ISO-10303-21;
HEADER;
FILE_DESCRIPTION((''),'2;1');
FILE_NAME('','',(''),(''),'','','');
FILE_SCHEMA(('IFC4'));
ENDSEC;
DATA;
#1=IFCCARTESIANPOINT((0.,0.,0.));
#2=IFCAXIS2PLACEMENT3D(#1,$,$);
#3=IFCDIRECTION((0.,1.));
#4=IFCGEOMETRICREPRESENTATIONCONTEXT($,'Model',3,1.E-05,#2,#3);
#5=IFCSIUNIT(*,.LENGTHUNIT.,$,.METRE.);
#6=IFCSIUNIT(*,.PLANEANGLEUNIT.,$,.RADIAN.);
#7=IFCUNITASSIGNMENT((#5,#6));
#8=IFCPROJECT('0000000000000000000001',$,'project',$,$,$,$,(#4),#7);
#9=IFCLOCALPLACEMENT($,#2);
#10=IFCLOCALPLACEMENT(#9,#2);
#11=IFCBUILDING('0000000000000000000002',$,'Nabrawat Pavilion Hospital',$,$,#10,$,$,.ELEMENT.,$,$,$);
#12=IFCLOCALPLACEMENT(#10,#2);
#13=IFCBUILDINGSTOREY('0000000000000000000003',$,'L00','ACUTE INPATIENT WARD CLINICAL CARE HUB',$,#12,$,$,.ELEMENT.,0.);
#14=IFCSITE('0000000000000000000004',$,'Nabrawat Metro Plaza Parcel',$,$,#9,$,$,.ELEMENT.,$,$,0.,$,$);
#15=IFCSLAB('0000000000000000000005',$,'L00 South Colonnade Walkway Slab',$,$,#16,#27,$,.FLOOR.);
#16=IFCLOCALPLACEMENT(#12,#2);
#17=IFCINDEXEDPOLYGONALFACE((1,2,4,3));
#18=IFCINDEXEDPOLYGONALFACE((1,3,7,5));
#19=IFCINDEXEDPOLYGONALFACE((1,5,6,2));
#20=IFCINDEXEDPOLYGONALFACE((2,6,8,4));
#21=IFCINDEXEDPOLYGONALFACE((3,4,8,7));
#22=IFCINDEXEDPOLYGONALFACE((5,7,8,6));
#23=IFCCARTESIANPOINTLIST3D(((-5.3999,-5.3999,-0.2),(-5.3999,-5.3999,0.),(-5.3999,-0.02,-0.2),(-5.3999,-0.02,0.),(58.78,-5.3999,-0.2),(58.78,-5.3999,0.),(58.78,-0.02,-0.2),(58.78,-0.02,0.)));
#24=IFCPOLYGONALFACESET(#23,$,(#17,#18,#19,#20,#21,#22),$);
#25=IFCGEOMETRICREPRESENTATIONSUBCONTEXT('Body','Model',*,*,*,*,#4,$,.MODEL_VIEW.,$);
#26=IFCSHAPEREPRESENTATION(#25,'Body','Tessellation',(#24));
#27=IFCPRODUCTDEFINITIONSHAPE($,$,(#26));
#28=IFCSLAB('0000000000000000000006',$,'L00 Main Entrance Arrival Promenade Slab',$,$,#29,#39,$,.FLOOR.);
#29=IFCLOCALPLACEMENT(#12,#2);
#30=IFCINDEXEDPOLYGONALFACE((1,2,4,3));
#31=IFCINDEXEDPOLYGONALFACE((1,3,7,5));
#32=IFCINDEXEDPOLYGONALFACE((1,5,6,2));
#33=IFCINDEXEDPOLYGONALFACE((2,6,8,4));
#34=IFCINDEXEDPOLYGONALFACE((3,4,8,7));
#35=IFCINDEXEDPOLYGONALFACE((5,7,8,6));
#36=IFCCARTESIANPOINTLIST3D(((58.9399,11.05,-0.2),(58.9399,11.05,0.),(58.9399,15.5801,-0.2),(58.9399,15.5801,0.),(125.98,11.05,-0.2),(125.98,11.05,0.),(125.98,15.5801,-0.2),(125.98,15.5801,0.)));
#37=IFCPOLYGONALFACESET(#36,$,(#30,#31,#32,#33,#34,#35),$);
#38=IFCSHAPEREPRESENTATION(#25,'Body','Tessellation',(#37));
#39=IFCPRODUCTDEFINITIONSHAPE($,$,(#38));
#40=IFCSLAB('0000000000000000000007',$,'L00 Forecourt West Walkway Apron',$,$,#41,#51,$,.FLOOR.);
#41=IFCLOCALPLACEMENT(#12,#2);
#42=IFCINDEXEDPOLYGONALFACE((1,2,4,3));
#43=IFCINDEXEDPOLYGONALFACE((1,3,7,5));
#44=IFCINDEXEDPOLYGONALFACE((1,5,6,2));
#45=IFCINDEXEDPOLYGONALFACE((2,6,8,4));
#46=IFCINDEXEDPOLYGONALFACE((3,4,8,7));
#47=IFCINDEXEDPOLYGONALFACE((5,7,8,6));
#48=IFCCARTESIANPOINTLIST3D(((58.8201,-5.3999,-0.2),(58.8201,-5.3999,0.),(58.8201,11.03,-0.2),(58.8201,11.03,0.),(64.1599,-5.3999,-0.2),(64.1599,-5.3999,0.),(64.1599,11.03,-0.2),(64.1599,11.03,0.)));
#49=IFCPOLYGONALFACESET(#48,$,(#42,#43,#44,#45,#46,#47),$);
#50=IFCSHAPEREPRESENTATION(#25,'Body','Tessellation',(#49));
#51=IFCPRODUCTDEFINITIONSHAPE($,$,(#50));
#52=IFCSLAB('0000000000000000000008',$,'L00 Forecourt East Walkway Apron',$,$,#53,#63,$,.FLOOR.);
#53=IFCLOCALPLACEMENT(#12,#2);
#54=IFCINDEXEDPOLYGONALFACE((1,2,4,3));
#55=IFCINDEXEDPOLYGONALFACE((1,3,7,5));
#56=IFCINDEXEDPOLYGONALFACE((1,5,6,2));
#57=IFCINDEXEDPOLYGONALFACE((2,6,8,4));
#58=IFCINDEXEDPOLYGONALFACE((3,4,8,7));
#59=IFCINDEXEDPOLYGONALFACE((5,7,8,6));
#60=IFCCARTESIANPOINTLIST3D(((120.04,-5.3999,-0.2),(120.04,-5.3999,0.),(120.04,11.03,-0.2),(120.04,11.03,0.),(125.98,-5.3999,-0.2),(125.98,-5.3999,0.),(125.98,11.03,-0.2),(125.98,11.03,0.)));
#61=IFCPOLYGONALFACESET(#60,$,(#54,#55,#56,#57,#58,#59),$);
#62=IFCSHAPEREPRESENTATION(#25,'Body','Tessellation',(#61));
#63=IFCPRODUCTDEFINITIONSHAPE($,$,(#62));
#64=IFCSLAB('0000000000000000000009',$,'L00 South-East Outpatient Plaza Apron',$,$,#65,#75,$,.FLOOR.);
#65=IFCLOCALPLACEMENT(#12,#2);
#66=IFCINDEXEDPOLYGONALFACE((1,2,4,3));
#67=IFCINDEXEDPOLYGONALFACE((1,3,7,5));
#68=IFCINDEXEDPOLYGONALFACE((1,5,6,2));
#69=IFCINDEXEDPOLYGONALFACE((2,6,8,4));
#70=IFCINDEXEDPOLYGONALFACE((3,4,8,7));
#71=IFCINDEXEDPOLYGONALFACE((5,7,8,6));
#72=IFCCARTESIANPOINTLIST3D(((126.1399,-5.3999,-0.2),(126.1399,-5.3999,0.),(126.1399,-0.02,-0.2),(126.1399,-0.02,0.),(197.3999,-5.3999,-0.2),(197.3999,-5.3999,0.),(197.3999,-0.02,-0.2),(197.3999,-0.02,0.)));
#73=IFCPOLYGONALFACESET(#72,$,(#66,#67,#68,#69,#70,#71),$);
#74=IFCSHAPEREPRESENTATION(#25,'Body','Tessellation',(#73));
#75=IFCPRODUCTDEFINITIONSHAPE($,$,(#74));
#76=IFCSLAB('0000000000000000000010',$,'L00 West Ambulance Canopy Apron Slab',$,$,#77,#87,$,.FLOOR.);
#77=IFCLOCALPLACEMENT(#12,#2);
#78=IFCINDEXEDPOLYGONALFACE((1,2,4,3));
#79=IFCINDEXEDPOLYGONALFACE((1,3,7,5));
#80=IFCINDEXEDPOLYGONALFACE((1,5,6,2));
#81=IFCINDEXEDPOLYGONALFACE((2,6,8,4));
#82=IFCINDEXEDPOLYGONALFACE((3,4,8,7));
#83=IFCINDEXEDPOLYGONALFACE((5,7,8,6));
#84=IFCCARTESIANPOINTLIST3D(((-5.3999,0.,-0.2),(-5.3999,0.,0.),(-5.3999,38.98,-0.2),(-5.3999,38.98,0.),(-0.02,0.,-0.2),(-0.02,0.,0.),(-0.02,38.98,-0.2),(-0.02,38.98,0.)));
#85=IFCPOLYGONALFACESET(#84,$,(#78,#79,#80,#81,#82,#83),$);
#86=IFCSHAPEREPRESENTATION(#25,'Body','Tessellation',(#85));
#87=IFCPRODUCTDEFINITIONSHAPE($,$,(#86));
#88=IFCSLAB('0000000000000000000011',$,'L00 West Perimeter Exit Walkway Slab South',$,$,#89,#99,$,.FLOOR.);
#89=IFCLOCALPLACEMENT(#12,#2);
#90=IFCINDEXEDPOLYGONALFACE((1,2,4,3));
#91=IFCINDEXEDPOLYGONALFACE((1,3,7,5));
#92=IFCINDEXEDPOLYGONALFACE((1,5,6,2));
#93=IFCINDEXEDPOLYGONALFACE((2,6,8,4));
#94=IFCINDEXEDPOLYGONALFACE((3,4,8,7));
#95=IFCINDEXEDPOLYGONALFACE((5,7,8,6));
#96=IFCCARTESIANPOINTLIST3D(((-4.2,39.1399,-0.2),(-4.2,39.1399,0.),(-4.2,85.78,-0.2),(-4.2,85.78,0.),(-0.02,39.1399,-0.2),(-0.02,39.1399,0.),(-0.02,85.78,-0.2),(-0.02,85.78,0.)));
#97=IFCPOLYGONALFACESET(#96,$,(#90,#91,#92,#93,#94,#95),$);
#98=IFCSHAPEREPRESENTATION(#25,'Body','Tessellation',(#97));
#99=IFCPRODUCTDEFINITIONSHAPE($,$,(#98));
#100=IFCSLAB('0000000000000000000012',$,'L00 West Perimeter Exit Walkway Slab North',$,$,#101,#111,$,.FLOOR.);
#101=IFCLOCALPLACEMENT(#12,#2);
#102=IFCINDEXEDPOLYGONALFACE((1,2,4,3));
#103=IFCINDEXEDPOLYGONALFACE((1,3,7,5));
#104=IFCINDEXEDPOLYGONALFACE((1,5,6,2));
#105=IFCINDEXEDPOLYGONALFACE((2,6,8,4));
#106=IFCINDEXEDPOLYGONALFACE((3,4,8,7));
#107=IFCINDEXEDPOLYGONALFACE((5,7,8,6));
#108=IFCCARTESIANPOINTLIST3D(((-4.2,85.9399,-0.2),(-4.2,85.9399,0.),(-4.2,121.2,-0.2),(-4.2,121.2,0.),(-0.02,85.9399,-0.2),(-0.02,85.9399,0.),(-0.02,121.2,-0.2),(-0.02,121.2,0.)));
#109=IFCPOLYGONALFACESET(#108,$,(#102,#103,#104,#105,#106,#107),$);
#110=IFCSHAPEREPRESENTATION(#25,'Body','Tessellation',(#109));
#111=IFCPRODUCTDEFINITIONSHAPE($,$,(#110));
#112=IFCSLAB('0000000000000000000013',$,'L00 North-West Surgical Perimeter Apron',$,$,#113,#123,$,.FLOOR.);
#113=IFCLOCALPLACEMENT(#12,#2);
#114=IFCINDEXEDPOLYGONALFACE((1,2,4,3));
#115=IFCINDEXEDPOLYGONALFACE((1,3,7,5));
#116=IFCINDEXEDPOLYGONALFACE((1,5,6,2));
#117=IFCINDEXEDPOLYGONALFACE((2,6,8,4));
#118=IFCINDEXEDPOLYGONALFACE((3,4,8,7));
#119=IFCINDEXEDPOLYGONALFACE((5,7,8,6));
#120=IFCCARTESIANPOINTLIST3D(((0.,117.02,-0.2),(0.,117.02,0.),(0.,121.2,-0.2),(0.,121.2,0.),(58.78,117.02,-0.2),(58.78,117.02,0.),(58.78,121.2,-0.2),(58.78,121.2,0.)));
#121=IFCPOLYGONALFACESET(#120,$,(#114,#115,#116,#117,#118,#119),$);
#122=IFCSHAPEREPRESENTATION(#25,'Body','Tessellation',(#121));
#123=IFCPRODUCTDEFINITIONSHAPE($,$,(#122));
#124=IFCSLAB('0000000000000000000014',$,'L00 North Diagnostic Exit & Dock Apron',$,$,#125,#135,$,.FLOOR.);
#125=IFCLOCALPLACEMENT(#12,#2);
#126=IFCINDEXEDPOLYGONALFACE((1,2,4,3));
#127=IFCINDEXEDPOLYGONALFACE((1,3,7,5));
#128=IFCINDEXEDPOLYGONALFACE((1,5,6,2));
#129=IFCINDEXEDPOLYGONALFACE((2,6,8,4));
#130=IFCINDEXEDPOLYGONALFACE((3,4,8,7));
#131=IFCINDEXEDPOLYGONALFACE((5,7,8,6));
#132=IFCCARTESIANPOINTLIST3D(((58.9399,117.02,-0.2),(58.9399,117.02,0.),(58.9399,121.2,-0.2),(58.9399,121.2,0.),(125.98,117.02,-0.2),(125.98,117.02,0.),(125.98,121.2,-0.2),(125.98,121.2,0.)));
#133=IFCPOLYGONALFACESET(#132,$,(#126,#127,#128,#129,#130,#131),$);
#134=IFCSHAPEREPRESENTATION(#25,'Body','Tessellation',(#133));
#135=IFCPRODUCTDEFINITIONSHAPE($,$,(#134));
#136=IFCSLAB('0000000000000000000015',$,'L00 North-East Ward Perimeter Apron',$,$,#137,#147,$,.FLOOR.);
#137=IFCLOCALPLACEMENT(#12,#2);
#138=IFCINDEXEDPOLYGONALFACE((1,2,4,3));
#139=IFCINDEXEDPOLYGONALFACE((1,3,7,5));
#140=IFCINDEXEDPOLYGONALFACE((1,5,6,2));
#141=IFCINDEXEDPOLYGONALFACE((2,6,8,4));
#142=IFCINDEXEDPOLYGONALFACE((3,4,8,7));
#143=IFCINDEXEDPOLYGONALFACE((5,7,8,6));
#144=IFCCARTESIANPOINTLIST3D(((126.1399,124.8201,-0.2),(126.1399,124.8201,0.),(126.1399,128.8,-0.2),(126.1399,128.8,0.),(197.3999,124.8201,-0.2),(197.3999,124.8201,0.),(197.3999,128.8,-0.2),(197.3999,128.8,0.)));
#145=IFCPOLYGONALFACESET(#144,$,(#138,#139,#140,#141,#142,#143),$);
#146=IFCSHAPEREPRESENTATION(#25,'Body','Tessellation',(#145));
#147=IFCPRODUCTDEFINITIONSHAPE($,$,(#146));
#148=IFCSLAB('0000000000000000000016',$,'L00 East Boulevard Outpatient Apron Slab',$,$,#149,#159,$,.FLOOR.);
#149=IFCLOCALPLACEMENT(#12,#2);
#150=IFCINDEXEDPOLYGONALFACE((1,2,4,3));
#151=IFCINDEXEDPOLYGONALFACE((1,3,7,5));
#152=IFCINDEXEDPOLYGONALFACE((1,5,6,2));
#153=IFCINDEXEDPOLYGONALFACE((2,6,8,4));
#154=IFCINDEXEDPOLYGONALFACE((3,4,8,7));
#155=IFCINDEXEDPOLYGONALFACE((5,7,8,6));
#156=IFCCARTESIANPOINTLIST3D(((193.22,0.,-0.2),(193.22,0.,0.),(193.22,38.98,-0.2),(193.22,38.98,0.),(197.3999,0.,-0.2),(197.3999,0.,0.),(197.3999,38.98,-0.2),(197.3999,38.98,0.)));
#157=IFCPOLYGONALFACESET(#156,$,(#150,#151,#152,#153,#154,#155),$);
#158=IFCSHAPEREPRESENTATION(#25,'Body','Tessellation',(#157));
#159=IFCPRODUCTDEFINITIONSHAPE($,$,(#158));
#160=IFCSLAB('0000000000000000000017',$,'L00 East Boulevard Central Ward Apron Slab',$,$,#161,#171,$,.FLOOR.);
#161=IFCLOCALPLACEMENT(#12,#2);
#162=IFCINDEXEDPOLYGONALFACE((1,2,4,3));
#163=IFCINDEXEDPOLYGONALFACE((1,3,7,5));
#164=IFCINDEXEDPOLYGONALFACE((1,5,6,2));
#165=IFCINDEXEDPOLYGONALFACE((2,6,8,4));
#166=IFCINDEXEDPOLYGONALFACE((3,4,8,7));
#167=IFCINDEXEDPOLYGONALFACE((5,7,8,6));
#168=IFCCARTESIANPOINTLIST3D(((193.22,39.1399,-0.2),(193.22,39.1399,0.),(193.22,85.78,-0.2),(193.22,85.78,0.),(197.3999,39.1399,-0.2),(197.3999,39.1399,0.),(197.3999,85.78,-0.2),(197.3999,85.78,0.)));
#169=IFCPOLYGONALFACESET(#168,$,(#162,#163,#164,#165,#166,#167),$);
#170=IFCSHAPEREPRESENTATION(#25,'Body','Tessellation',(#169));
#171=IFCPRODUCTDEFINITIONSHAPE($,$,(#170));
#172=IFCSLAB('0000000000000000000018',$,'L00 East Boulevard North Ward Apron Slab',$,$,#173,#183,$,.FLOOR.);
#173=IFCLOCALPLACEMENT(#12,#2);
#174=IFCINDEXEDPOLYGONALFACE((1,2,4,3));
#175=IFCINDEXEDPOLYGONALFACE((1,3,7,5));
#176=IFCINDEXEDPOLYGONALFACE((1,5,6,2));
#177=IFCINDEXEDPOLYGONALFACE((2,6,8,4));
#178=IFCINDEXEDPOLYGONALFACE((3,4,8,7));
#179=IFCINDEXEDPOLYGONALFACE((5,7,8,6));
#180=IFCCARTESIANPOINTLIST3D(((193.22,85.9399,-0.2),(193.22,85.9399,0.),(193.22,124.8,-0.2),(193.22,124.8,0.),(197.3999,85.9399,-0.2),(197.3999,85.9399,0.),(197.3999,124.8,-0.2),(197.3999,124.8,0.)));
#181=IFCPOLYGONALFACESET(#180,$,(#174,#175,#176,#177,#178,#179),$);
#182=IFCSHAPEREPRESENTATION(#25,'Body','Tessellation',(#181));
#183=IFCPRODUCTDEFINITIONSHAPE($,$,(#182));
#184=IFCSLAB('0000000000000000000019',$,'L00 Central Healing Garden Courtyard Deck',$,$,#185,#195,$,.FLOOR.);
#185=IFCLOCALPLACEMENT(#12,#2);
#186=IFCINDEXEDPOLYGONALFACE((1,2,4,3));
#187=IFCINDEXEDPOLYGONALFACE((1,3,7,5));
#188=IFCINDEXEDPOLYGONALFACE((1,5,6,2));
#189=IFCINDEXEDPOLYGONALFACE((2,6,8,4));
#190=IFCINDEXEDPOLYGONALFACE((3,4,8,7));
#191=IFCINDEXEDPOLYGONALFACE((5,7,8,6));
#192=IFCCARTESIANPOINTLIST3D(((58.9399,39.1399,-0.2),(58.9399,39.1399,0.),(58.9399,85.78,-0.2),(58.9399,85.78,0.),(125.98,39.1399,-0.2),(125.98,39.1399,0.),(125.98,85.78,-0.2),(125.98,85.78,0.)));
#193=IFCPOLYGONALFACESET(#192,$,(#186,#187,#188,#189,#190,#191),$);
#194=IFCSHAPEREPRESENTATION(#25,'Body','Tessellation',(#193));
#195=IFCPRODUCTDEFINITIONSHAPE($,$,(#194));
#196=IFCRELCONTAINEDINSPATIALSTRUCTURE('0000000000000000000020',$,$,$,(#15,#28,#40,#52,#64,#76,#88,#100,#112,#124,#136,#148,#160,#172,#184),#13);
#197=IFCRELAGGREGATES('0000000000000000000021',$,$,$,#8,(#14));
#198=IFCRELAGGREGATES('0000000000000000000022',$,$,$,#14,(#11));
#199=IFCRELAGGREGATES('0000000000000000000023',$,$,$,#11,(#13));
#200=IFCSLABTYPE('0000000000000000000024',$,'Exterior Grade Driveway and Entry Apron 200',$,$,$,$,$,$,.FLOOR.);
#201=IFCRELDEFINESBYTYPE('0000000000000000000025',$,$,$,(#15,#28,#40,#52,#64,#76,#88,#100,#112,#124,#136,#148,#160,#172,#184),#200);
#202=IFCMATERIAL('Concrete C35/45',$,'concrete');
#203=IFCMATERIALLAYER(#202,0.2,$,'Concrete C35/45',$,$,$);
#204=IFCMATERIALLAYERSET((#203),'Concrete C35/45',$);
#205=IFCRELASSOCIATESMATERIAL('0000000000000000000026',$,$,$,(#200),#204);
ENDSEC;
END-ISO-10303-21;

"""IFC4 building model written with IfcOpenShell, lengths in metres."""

from ifc_helpers import new_model, si_unit, direction, frame, origin, place, context, subcontext, project, spatial, polyline, outline, extrude, material, layer, layer_set, type_object, element, save


model = new_model("IFC4")

# Units and contexts
model_context = context("Model", 3, precision=1e-05, world=origin(), true_north=direction((0.0, 1.0)))
body_context = subcontext(model_context, "Body", "Model", "MODEL_VIEW")
ifc_project = project(units=[si_unit("LENGTHUNIT", "METRE"), si_unit("PLANEANGLEUNIT", "RADIAN")], contexts=[model_context])

# Site, building, storey
site_placement = place(None, origin())
site = spatial("IfcSite", under=ifc_project, at=site_placement, Name="Nabrawat Metro Plaza Parcel", CompositionType="ELEMENT", RefElevation=0.0)
building_placement = place(site_placement, origin())
building = spatial("IfcBuilding", under=site, at=building_placement, Name="Nabrawat Pavilion Hospital", CompositionType="ELEMENT")
storey_placement = place(building_placement, origin())
storey = spatial("IfcBuildingStorey", under=building, at=storey_placement, Name="L00", Description="ACUTE INPATIENT WARD CLINICAL CARE HUB", CompositionType="ELEMENT", Elevation=0.0)

# Shared definitions
ifc_material_1 = material(Name="Concrete C35/45", Category="concrete")

# Slabs
ifc_layer_1 = layer(ifc_material_1, 0.2, Name="Concrete C35/45")
ifc_layer_set_1 = layer_set([ifc_layer_1], Name="Concrete C35/45")
slab_type_1 = type_object("IfcSlabType", Name="Exterior Grade Driveway and Entry Apron 200", PredefinedType="FLOOR", material=ifc_layer_set_1)
slab_1_placement = place(storey_placement, frame((0.0, 0.0, -0.2)))
element("IfcSlab", 1, at=slab_1_placement, inside=storey, type_object=slab_type_1, Name="L00 South Colonnade Walkway Slab", PredefinedType="FLOOR", context=body_context, shape_type="SweptSolid", body=[
    extrude(outline(polyline([(58.78, -5.3999), (58.78, -0.02), (-5.3999, -0.02), (-5.3999, -5.3999), (58.78, -5.3999)])), origin(), (0.0, 0.0, 1.0), 0.2),
])
slab_2_placement = place(storey_placement, frame((0.0, 0.0, -0.2)))
element("IfcSlab", 2, at=slab_2_placement, inside=storey, type_object=slab_type_1, Name="L00 Main Entrance Arrival Promenade Slab", PredefinedType="FLOOR", context=body_context, shape_type="SweptSolid", body=[
    extrude(outline(polyline([(125.98, 11.05), (125.98, 15.5801), (58.9399, 15.5801), (58.9399, 11.05), (125.98, 11.05)])), origin(), (0.0, 0.0, 1.0), 0.2),
])
slab_3_placement = place(storey_placement, frame((0.0, 0.0, -0.2)))
element("IfcSlab", 3, at=slab_3_placement, inside=storey, type_object=slab_type_1, Name="L00 Forecourt West Walkway Apron", PredefinedType="FLOOR", context=body_context, shape_type="SweptSolid", body=[
    extrude(outline(polyline([(64.1599, -5.3999), (64.1599, 11.03), (58.8201, 11.03), (58.8201, -5.3999), (64.1599, -5.3999)])), origin(), (0.0, 0.0, 1.0), 0.2),
])
slab_4_placement = place(storey_placement, frame((0.0, 0.0, -0.2)))
element("IfcSlab", 4, at=slab_4_placement, inside=storey, type_object=slab_type_1, Name="L00 Forecourt East Walkway Apron", PredefinedType="FLOOR", context=body_context, shape_type="SweptSolid", body=[
    extrude(outline(polyline([(125.98, -5.3999), (125.98, 11.03), (120.04, 11.03), (120.04, -5.3999), (125.98, -5.3999)])), origin(), (0.0, 0.0, 1.0), 0.2),
])
slab_5_placement = place(storey_placement, frame((0.0, 0.0, -0.2)))
element("IfcSlab", 5, at=slab_5_placement, inside=storey, type_object=slab_type_1, Name="L00 South-East Outpatient Plaza Apron", PredefinedType="FLOOR", context=body_context, shape_type="SweptSolid", body=[
    extrude(outline(polyline([(197.3999, -5.3999), (197.3999, -0.02), (126.1399, -0.02), (126.1399, -5.3999), (197.3999, -5.3999)])), origin(), (0.0, 0.0, 1.0), 0.2),
])
slab_6_placement = place(storey_placement, frame((0.0, 0.0, -0.2)))
element("IfcSlab", 6, at=slab_6_placement, inside=storey, type_object=slab_type_1, Name="L00 West Ambulance Canopy Apron Slab", PredefinedType="FLOOR", context=body_context, shape_type="SweptSolid", body=[
    extrude(outline(polyline([(-0.02, 0.0), (-0.02, 38.98), (-5.3999, 38.98), (-5.3999, 0.0), (-0.02, 0.0)])), origin(), (0.0, 0.0, 1.0), 0.2),
])
slab_7_placement = place(storey_placement, frame((0.0, 0.0, -0.2)))
element("IfcSlab", 7, at=slab_7_placement, inside=storey, type_object=slab_type_1, Name="L00 West Perimeter Exit Walkway Slab South", PredefinedType="FLOOR", context=body_context, shape_type="SweptSolid", body=[
    extrude(outline(polyline([(-0.02, 39.1399), (-0.02, 85.78), (-4.2, 85.78), (-4.2, 39.1399), (-0.02, 39.1399)])), origin(), (0.0, 0.0, 1.0), 0.2),
])
slab_8_placement = place(storey_placement, frame((0.0, 0.0, -0.2)))
element("IfcSlab", 8, at=slab_8_placement, inside=storey, type_object=slab_type_1, Name="L00 West Perimeter Exit Walkway Slab North", PredefinedType="FLOOR", context=body_context, shape_type="SweptSolid", body=[
    extrude(outline(polyline([(-0.02, 85.9399), (-0.02, 121.2), (-4.2, 121.2), (-4.2, 85.9399), (-0.02, 85.9399)])), origin(), (0.0, 0.0, 1.0), 0.2),
])
slab_9_placement = place(storey_placement, frame((0.0, 0.0, -0.2)))
element("IfcSlab", 9, at=slab_9_placement, inside=storey, type_object=slab_type_1, Name="L00 North-West Surgical Perimeter Apron", PredefinedType="FLOOR", context=body_context, shape_type="SweptSolid", body=[
    extrude(outline(polyline([(58.78, 117.02), (58.78, 121.2), (0.0, 121.2), (0.0, 117.02), (58.78, 117.02)])), origin(), (0.0, 0.0, 1.0), 0.2),
])
slab_10_placement = place(storey_placement, frame((0.0, 0.0, -0.2)))
element("IfcSlab", 10, at=slab_10_placement, inside=storey, type_object=slab_type_1, Name="L00 North Diagnostic Exit & Dock Apron", PredefinedType="FLOOR", context=body_context, shape_type="SweptSolid", body=[
    extrude(outline(polyline([(125.98, 117.02), (125.98, 121.2), (58.9399, 121.2), (58.9399, 117.02), (125.98, 117.02)])), origin(), (0.0, 0.0, 1.0), 0.2),
])
slab_11_placement = place(storey_placement, frame((0.0, 0.0, -0.2)))
element("IfcSlab", 11, at=slab_11_placement, inside=storey, type_object=slab_type_1, Name="L00 North-East Ward Perimeter Apron", PredefinedType="FLOOR", context=body_context, shape_type="SweptSolid", body=[
    extrude(outline(polyline([(197.3999, 124.8201), (197.3999, 128.8), (126.1399, 128.8), (126.1399, 124.8201), (197.3999, 124.8201)])), origin(), (0.0, 0.0, 1.0), 0.2),
])
slab_12_placement = place(storey_placement, frame((0.0, 0.0, -0.2)))
element("IfcSlab", 12, at=slab_12_placement, inside=storey, type_object=slab_type_1, Name="L00 East Boulevard Outpatient Apron Slab", PredefinedType="FLOOR", context=body_context, shape_type="SweptSolid", body=[
    extrude(outline(polyline([(197.3999, 0.0), (197.3999, 38.98), (193.22, 38.98), (193.22, 0.0), (197.3999, 0.0)])), origin(), (0.0, 0.0, 1.0), 0.2),
])
slab_13_placement = place(storey_placement, frame((0.0, 0.0, -0.2)))
element("IfcSlab", 13, at=slab_13_placement, inside=storey, type_object=slab_type_1, Name="L00 East Boulevard Central Ward Apron Slab", PredefinedType="FLOOR", context=body_context, shape_type="SweptSolid", body=[
    extrude(outline(polyline([(197.3999, 39.1399), (197.3999, 85.78), (193.22, 85.78), (193.22, 39.1399), (197.3999, 39.1399)])), origin(), (0.0, 0.0, 1.0), 0.2),
])
slab_14_placement = place(storey_placement, frame((0.0, 0.0, -0.2)))
element("IfcSlab", 14, at=slab_14_placement, inside=storey, type_object=slab_type_1, Name="L00 East Boulevard North Ward Apron Slab", PredefinedType="FLOOR", context=body_context, shape_type="SweptSolid", body=[
    extrude(outline(polyline([(197.3999, 85.9399), (197.3999, 124.8), (193.22, 124.8), (193.22, 85.9399), (197.3999, 85.9399)])), origin(), (0.0, 0.0, 1.0), 0.2),
])
slab_15_placement = place(storey_placement, frame((0.0, 0.0, -0.2)))
element("IfcSlab", 15, at=slab_15_placement, inside=storey, type_object=slab_type_1, Name="L00 Central Healing Garden Courtyard Deck", PredefinedType="FLOOR", context=body_context, shape_type="SweptSolid", body=[
    extrude(outline(polyline([(125.98, 39.1399), (125.98, 85.78), (58.9399, 85.78), (58.9399, 39.1399), (125.98, 39.1399)])), origin(), (0.0, 0.0, 1.0), 0.2),
])

save(model, "model.ifc")
